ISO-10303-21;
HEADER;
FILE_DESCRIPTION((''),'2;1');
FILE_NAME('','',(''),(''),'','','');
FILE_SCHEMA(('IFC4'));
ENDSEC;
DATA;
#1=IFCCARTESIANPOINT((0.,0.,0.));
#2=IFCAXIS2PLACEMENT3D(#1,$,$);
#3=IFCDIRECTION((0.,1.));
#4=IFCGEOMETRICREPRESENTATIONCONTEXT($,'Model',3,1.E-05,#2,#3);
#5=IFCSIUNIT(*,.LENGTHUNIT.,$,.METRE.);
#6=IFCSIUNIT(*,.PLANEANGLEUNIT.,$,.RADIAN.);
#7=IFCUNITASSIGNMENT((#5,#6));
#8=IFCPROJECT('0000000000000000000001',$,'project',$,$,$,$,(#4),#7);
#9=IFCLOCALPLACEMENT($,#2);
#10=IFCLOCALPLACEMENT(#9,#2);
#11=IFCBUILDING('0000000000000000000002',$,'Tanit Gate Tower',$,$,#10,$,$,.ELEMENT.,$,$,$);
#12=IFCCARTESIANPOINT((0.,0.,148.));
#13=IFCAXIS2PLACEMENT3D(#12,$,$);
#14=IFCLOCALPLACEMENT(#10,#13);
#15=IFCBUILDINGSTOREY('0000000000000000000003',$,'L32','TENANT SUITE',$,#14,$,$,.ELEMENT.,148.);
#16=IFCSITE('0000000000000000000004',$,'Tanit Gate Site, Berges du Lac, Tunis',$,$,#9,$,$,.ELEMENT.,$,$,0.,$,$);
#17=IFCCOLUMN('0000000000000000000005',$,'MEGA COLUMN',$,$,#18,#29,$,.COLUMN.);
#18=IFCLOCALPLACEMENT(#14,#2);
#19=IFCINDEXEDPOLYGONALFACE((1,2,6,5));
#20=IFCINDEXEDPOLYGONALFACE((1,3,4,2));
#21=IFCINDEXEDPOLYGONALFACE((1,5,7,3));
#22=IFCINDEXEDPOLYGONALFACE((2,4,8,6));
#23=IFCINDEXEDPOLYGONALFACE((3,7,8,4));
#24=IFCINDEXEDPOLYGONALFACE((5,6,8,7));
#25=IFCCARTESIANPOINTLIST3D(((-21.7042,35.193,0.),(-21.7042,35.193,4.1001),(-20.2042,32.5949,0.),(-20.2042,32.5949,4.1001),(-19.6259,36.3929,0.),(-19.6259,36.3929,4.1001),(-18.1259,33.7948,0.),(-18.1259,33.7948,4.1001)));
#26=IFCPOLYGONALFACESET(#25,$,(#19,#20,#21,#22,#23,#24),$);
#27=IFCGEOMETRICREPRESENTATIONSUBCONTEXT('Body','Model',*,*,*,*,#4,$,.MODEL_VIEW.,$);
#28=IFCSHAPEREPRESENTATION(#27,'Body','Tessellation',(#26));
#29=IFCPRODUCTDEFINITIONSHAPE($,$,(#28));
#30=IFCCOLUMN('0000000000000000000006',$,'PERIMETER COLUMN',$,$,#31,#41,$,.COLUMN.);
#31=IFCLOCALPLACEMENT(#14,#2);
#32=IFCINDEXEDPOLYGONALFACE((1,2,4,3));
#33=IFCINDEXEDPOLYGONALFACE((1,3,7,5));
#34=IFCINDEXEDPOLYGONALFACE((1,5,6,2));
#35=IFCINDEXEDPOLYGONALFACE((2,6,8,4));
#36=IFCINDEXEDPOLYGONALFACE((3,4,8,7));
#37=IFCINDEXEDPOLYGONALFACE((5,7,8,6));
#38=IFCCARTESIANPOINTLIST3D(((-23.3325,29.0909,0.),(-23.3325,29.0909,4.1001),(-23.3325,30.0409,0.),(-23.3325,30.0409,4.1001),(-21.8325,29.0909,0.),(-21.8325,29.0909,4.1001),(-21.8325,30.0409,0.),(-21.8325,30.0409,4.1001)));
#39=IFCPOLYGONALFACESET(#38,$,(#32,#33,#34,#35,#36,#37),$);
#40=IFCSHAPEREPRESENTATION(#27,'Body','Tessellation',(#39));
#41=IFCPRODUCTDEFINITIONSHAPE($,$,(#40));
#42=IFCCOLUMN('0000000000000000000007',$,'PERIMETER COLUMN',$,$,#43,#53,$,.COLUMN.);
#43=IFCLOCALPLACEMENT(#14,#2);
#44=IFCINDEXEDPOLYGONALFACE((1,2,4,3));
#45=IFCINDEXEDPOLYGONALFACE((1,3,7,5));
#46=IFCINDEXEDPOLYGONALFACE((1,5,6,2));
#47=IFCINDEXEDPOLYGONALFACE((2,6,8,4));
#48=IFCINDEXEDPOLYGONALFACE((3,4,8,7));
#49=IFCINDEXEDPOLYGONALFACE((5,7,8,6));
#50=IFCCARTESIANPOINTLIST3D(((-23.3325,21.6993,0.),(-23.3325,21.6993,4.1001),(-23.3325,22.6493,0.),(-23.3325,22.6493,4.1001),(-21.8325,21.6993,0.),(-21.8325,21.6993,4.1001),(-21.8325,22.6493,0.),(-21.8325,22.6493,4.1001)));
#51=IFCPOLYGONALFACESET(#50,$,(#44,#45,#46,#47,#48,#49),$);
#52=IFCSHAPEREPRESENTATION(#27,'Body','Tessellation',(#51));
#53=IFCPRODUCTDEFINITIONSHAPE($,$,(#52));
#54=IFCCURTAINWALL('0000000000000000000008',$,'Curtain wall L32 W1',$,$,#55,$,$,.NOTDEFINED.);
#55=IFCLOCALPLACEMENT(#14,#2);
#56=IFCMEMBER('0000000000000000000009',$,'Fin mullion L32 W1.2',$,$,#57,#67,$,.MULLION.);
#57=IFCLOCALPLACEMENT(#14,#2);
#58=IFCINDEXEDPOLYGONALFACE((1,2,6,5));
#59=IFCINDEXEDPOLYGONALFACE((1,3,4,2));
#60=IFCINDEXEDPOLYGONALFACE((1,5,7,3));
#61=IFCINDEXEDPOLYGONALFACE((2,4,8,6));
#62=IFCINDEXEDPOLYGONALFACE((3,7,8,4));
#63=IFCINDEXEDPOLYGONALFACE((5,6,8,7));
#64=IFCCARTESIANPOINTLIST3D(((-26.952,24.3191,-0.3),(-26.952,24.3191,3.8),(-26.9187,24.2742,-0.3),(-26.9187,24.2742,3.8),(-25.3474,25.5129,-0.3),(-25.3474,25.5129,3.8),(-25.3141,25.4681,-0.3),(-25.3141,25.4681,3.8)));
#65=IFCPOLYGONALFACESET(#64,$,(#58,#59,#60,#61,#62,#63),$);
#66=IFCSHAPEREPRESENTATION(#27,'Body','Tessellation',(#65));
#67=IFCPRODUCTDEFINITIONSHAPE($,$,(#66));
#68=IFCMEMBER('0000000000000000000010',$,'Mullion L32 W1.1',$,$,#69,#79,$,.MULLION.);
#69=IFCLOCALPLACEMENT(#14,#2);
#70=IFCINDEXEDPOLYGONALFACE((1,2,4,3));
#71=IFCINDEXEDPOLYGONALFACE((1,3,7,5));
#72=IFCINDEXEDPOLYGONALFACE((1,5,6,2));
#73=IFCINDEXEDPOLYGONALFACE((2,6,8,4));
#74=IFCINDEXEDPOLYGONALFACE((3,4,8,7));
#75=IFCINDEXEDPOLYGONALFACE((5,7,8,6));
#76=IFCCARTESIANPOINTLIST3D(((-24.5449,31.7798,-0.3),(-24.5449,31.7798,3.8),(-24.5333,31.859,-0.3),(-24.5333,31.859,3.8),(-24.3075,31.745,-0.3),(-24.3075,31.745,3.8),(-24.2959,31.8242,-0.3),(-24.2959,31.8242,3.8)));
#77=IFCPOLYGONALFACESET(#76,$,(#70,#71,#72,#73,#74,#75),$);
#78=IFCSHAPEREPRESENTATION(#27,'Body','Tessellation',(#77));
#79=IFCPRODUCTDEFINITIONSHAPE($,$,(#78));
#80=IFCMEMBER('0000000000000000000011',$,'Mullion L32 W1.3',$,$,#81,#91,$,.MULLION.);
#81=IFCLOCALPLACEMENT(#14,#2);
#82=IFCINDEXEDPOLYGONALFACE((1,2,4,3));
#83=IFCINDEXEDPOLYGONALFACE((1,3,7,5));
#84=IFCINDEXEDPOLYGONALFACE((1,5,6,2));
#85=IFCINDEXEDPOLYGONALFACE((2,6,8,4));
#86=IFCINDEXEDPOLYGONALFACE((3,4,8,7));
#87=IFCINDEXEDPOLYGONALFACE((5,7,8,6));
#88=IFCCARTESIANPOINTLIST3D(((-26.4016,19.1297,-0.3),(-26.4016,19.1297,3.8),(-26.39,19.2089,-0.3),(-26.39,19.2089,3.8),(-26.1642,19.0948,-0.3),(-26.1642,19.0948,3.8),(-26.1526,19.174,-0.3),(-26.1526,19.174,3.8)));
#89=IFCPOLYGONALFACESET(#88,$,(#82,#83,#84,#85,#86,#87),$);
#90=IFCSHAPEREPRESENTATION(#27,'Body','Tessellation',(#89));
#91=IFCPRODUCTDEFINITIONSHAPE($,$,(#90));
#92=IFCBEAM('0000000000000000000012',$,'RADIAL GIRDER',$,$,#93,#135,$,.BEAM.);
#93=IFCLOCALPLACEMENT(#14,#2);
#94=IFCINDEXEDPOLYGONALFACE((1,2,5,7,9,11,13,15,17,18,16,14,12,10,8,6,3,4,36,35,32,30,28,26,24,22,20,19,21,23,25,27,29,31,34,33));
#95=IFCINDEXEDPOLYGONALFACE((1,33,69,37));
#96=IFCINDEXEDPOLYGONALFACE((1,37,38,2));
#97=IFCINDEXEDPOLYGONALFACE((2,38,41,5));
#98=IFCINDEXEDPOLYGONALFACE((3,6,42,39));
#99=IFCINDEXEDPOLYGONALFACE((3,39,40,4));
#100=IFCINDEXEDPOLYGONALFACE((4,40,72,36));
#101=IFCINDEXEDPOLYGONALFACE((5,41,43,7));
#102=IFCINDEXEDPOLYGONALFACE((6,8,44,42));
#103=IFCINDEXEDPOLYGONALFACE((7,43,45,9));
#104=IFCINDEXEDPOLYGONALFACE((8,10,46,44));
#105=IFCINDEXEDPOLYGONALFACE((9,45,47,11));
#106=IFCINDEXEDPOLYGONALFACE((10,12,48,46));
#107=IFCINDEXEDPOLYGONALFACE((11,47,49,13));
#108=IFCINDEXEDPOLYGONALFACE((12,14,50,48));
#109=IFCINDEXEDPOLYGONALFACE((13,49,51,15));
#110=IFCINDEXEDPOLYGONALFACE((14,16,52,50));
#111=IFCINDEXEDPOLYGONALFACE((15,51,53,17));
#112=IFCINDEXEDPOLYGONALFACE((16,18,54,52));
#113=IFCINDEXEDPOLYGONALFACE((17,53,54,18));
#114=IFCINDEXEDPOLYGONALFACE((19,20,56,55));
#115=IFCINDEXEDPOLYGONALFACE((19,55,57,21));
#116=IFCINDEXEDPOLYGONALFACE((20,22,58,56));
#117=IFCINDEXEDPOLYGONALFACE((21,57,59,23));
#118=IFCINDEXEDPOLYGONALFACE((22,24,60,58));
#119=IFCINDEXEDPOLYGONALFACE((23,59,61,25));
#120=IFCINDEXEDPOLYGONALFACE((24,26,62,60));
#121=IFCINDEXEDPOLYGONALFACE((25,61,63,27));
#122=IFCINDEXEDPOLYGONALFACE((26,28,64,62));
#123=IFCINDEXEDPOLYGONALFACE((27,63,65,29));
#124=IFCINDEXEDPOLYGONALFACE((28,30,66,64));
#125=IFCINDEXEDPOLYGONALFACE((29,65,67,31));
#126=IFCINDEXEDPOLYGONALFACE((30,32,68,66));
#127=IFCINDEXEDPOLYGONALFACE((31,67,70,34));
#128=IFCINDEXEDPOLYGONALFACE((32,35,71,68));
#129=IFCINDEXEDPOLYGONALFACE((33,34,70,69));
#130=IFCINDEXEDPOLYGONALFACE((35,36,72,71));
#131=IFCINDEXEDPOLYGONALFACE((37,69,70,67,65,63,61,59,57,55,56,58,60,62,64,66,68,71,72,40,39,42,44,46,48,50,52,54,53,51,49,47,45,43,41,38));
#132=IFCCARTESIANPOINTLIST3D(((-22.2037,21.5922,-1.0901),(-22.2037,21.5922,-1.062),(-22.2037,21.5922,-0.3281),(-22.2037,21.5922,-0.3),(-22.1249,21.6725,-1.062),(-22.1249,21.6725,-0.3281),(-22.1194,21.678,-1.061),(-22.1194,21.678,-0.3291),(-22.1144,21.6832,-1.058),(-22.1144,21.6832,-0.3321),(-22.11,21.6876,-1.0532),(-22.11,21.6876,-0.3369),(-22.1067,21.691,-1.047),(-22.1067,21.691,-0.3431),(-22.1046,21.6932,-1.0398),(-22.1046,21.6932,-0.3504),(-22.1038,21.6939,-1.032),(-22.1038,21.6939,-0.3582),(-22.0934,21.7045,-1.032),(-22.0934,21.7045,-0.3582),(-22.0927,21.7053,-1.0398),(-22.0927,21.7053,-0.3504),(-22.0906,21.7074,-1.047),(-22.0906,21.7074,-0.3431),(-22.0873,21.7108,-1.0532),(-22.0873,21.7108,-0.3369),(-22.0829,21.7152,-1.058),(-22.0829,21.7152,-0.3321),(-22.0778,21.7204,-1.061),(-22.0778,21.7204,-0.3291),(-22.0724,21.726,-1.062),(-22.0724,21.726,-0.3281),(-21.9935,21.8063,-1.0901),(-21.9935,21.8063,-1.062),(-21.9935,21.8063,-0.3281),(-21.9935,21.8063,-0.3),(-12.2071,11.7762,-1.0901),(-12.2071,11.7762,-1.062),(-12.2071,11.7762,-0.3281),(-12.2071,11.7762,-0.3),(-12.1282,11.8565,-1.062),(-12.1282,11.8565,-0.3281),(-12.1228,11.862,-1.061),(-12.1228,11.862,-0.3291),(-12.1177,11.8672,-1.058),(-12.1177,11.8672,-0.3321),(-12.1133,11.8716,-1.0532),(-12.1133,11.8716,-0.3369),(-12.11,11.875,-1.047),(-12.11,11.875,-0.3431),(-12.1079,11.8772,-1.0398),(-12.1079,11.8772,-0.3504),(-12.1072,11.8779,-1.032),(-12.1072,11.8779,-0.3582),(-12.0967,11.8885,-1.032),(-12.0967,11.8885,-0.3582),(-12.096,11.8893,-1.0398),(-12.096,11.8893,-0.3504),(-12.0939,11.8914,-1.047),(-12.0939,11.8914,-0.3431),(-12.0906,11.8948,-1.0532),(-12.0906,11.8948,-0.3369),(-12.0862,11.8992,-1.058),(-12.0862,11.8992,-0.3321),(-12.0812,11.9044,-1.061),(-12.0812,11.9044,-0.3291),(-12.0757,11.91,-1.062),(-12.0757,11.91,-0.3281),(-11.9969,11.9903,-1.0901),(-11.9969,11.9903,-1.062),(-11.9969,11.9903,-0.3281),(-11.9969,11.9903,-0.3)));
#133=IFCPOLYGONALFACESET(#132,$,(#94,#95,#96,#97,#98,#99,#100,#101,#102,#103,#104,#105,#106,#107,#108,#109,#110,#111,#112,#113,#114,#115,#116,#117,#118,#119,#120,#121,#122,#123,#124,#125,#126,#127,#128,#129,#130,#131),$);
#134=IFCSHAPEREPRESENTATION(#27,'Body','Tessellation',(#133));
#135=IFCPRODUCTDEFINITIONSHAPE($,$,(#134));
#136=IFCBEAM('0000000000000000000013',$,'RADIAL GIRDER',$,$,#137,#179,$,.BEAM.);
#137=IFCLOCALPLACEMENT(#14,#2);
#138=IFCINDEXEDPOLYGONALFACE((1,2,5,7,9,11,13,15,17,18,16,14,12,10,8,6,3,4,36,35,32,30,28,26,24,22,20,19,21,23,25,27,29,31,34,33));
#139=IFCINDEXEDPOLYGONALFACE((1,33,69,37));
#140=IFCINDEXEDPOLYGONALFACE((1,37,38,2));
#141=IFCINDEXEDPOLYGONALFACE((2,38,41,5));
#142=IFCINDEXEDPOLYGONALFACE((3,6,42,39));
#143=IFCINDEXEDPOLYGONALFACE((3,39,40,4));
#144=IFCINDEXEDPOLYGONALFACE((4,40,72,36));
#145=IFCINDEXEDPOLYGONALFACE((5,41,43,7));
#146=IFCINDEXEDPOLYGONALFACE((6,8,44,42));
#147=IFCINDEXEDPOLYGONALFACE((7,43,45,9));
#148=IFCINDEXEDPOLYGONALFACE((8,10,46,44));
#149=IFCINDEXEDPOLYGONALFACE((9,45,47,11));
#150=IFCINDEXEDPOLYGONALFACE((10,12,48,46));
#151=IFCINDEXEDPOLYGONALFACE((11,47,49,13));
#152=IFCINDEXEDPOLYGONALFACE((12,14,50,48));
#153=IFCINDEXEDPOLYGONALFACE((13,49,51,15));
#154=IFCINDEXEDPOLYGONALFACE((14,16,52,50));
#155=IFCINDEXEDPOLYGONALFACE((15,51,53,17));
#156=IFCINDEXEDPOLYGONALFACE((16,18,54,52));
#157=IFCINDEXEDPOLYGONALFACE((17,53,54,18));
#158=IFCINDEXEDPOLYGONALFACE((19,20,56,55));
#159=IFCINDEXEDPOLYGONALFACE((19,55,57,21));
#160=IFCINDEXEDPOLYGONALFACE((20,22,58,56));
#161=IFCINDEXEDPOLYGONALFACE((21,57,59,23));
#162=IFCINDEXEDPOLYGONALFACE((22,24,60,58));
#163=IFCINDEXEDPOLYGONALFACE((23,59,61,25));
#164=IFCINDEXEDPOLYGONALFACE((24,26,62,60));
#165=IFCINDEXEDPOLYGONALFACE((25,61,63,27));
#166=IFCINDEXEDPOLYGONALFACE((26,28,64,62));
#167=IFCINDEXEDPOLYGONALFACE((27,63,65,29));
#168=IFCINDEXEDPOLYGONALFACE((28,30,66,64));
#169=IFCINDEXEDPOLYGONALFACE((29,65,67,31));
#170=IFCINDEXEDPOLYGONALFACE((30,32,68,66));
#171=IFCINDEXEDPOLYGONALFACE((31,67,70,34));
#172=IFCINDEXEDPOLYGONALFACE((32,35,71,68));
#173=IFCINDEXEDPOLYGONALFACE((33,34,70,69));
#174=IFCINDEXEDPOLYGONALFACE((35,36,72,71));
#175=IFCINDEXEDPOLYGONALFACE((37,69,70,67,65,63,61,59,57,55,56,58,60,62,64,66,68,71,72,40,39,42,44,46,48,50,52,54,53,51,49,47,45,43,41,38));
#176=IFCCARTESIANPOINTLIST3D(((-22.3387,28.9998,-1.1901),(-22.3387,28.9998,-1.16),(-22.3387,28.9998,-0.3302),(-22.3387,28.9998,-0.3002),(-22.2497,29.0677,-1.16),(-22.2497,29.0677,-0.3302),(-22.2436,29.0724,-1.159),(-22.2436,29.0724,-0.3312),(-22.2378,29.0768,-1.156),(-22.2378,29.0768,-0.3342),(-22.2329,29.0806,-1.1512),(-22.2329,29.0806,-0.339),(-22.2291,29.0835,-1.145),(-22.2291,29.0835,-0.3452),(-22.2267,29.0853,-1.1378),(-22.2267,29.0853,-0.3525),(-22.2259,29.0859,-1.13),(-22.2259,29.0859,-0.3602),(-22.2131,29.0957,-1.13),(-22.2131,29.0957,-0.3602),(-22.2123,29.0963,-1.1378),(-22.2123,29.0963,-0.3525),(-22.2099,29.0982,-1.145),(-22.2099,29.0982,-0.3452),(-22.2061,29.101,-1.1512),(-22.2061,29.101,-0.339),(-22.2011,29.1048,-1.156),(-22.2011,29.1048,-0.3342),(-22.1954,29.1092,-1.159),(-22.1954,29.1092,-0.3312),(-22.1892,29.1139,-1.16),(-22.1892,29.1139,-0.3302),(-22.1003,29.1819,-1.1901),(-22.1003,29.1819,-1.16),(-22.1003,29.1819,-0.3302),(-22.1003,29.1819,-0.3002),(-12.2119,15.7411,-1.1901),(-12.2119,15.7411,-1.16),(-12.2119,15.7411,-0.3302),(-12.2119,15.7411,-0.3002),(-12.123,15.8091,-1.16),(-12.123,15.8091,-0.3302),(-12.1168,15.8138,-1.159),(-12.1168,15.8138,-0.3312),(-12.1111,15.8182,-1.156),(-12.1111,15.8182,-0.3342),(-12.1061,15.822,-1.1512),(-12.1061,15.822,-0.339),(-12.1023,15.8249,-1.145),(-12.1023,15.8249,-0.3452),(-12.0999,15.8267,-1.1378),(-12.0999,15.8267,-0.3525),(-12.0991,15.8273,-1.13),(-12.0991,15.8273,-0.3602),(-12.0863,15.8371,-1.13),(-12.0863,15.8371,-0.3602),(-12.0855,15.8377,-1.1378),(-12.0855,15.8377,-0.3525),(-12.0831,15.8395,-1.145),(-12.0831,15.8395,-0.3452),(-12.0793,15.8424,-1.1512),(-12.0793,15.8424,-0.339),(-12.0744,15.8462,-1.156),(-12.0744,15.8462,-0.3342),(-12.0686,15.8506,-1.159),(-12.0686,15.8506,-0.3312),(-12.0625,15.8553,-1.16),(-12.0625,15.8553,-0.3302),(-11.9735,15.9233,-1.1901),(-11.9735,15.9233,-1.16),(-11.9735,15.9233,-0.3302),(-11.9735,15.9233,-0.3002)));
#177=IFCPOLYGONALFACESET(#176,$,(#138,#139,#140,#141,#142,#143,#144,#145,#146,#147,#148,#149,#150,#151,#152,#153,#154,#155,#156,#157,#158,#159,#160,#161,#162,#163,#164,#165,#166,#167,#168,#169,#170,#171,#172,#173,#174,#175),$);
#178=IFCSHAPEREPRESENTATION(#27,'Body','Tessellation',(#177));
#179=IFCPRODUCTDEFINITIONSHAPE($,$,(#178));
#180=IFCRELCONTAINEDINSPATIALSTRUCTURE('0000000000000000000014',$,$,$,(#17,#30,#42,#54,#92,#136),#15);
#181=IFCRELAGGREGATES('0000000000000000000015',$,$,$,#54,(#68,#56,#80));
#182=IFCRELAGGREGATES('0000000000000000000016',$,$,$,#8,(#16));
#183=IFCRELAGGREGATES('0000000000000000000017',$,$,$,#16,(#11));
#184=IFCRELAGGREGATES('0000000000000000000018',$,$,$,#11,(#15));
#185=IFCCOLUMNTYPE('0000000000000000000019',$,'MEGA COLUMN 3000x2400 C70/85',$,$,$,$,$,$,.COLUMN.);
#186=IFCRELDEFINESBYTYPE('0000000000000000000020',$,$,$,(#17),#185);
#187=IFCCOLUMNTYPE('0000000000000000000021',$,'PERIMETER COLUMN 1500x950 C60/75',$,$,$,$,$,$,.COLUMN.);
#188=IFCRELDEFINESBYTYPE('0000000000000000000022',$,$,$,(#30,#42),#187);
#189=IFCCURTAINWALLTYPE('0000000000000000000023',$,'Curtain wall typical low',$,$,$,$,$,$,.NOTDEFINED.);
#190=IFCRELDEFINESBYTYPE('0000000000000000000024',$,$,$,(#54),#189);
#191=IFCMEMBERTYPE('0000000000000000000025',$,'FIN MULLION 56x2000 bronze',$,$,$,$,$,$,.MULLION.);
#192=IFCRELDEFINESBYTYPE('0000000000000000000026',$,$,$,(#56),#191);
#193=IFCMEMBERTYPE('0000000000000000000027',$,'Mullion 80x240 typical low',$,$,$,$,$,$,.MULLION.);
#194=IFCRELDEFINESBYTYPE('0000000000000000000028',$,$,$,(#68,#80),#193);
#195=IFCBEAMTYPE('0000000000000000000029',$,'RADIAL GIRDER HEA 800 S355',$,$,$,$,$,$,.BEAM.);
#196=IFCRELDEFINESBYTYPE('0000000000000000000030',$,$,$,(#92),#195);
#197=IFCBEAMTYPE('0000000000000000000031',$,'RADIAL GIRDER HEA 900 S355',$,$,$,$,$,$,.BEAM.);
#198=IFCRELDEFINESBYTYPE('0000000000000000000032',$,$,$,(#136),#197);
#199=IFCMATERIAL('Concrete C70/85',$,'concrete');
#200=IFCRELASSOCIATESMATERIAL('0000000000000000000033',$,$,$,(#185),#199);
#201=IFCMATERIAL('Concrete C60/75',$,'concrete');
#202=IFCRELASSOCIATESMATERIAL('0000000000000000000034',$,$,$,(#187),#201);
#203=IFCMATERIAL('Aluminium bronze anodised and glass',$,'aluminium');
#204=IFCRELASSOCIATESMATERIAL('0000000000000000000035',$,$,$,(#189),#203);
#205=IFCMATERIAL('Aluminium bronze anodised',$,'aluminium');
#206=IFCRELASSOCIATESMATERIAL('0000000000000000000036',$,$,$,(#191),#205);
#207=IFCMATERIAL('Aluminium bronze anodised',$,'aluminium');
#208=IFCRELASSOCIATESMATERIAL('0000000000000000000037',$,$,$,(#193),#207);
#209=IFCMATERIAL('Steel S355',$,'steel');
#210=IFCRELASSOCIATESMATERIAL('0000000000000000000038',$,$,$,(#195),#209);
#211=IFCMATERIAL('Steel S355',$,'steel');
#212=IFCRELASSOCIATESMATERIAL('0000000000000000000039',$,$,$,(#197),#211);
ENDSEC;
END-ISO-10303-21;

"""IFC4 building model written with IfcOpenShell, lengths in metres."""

from ifc_helpers import new_model, si_unit, direction, frame, origin, origin_2d, place, context, subcontext, project, spatial, rectangle, i_section, extrude, material, material_profile, profile_set, type_object, element, aggregate, save


model = new_model("IFC4")

# Units and contexts
model_context = context("Model", 3, precision=1e-05, world=origin(), true_north=direction((0.0, 1.0)))
body_context = subcontext(model_context, "Body", "Model", "MODEL_VIEW")
ifc_project = project(units=[si_unit("LENGTHUNIT", "METRE"), si_unit("PLANEANGLEUNIT", "RADIAN")], contexts=[model_context])

# Site, building, storey
site_placement = place(None, origin())
site = spatial("IfcSite", under=ifc_project, at=site_placement, Name="Tanit Gate Site, Berges du Lac, Tunis", CompositionType="ELEMENT", RefElevation=0.0)
building_placement = place(site_placement, origin())
building = spatial("IfcBuilding", under=site, at=building_placement, Name="Tanit Gate Tower", CompositionType="ELEMENT")
storey_placement = place(building_placement, frame((0.0, 0.0, 148.0)))
storey = spatial("IfcBuildingStorey", under=building, at=storey_placement, Name="L32", Description="TENANT SUITE", CompositionType="ELEMENT", Elevation=148.0)

# Columns
ifc_material_1 = material(Name="Concrete C70/85", Category="concrete")
ifc_material_profile_1 = material_profile(ifc_material_1, rectangle(XDim=3.0, YDim=2.3999, at=origin_2d()), Name="RC 3000x2400")
ifc_profile_set_1 = profile_set([ifc_material_profile_1], Name="Concrete C70/85")
column_type_1 = type_object("IfcColumnType", Name="MEGA COLUMN 3000x2400 C70/85", PredefinedType="COLUMN", material=ifc_profile_set_1)
column_placement = place(storey_placement, frame((-19.915, 34.4939, 0.0), z_axis=(0.0, 0.0, 1.0), x_axis=(-0.5, 0.866025, 0.0)))
element("IfcColumn", 1, at=column_placement, inside=storey, type_object=column_type_1, Name="MEGA COLUMN", PredefinedType="COLUMN", context=body_context, shape_type="SweptSolid", body=[
    extrude(rectangle(XDim=3.0, YDim=2.3999, at=origin_2d()), origin(), (0.0, 0.0, 1.0), 4.1001),
])
ifc_material_2 = material(Name="Concrete C60/75", Category="concrete")
ifc_material_profile_2 = material_profile(ifc_material_2, rectangle(XDim=1.5, YDim=0.95, at=origin_2d()), Name="RC 1500x950")
ifc_profile_set_2 = profile_set([ifc_material_profile_2], Name="Concrete C60/75")
column_type_2 = type_object("IfcColumnType", Name="PERIMETER COLUMN 1500x950 C60/75", PredefinedType="COLUMN", material=ifc_profile_set_2)
for number, where, z_axis, x_axis, name in (
    (2, (-22.5825, 29.5659, 0.0), (0.0, 0.0, 1.0), (-1.0, 0.0, 0.0), "PERIMETER COLUMN"),
    (3, (-22.5825, 22.1743, 0.0), (0.0, 0.0, 1.0), (-1.0, 0.0, 0.0), "PERIMETER COLUMN"),
):
    element("IfcColumn", number, at=place(storey_placement, frame(where, z_axis=z_axis, x_axis=x_axis)), inside=storey, type_object=column_type_2, Name=name, PredefinedType="COLUMN", context=body_context, shape_type="SweptSolid", body=[
        extrude(rectangle(XDim=1.5, YDim=0.95, at=origin_2d()), origin(), (0.0, 0.0, 1.0), 4.1001),
    ])

# Curtain wall, members
ifc_material_3 = material(Name="Aluminium bronze anodised and glass", Category="aluminium")
curtain_wall_type = type_object("IfcCurtainWallType", Name="Curtain wall typical low", PredefinedType="NOTDEFINED", material=ifc_material_3)
curtain_wall_1_placement = place(storey_placement, origin())
curtain_wall_1 = element("IfcCurtainWall", 4, at=curtain_wall_1_placement, inside=storey, type_object=curtain_wall_type, Name="Curtain wall L32 W1", PredefinedType="NOTDEFINED")
ifc_material_4 = material(Name="Aluminium bronze anodised", Category="aluminium")
ifc_material_profile_3 = material_profile(ifc_material_4, rectangle(XDim=2.0, YDim=0.0559, at=origin_2d()), Name="56x2000 bronze fin mullion")
ifc_profile_set_3 = profile_set([ifc_material_profile_3], Name="Aluminium bronze anodised")
member_type_1 = type_object("IfcMemberType", Name="FIN MULLION 56x2000 bronze", PredefinedType="MULLION", material=ifc_profile_set_3)
member_1_placement = place(storey_placement, frame((-26.1331, 24.8936, -0.3), z_axis=(0.0, 0.0, 1.0), x_axis=(0.802296, 0.596927, 0.0)))
member_1 = element("IfcMember", 5, at=member_1_placement, type_object=member_type_1, Name="Fin mullion L32 W1.2", PredefinedType="MULLION", context=body_context, shape_type="SweptSolid", body=[
    extrude(rectangle(XDim=2.0, YDim=0.0559, at=origin_2d()), origin(), (0.0, 0.0, 1.0), 4.1001),
])
ifc_material_5 = material(Name="Aluminium bronze anodised", Category="aluminium")
ifc_material_profile_4 = material_profile(ifc_material_5, rectangle(XDim=0.24, YDim=0.0801, at=origin_2d()), Name="80x240 bronze mullion")
ifc_profile_set_4 = profile_set([ifc_material_profile_4], Name="Aluminium bronze anodised")
member_type_2 = type_object("IfcMemberType", Name="Mullion 80x240 typical low", PredefinedType="MULLION", material=ifc_profile_set_4)
member_2_placement = place(storey_placement, frame((-24.4204, 31.802, -0.3), z_axis=(0.0, 0.0, 1.0), x_axis=(0.9894, -0.145218, 0.0)))
member_2 = element("IfcMember", 6, at=member_2_placement, type_object=member_type_2, Name="Mullion L32 W1.1", PredefinedType="MULLION", context=body_context, shape_type="SweptSolid", body=[
    extrude(rectangle(XDim=0.24, YDim=0.0801, at=origin_2d()), origin(), (0.0, 0.0, 1.0), 4.1001),
])
member_3_placement = place(storey_placement, frame((-26.2771, 19.1519, -0.3), z_axis=(0.0, 0.0, 1.0), x_axis=(0.9894, -0.145218, 0.0)))
member_3 = element("IfcMember", 7, at=member_3_placement, type_object=member_type_2, Name="Mullion L32 W1.3", PredefinedType="MULLION", context=body_context, shape_type="SweptSolid", body=[
    extrude(rectangle(XDim=0.24, YDim=0.0801, at=origin_2d()), origin(), (0.0, 0.0, 1.0), 4.1001),
])

# Beams
ifc_material_6 = material(Name="Steel S355", Category="steel")
ifc_material_profile_5 = material_profile(ifc_material_6, i_section(OverallWidth=0.3, OverallDepth=0.79, WebThickness=0.0149, FlangeThickness=0.0281, FilletRadius=0.03, at=origin_2d()), Name="HEA 800")
ifc_profile_set_5 = profile_set([ifc_material_profile_5], Name="Steel S355")
beam_type_1 = type_object("IfcBeamType", Name="RADIAL GIRDER HEA 800 S355", PredefinedType="BEAM", material=ifc_profile_set_5)
beam_1_placement = place(storey_placement, frame((-22.0986, 21.6992, -0.6951), z_axis=(0.713525, -0.70063, 0.0), x_axis=(0.70063, 0.713525, 0.0)))
element("IfcBeam", 8, at=beam_1_placement, inside=storey, type_object=beam_type_1, Name="RADIAL GIRDER", PredefinedType="BEAM", context=body_context, shape_type="SweptSolid", body=[
    extrude(i_section(OverallWidth=0.3, OverallDepth=0.79, WebThickness=0.0149, FlangeThickness=0.0281, FilletRadius=0.03, at=origin_2d()), origin(), (0.0, 0.0, 1.0), 14.0103),
])
ifc_material_7 = material(Name="Steel S355", Category="steel")
ifc_material_profile_6 = material_profile(ifc_material_7, i_section(OverallWidth=0.3, OverallDepth=0.8899, WebThickness=0.0161, FlangeThickness=0.03, FilletRadius=0.03, at=origin_2d()), Name="HEA 900")
ifc_profile_set_6 = profile_set([ifc_material_profile_6], Name="Steel S355")
beam_type_2 = type_object("IfcBeamType", Name="RADIAL GIRDER HEA 900 S355", PredefinedType="BEAM", material=ifc_profile_set_6)
beam_2_placement = place(storey_placement, frame((-22.2195, 29.0908, -0.7451), z_axis=(0.606989, -0.79471, 0.0), x_axis=(0.79471, 0.606989, 0.0)))
element("IfcBeam", 9, at=beam_2_placement, inside=storey, type_object=beam_type_2, Name="RADIAL GIRDER", PredefinedType="BEAM", context=body_context, shape_type="SweptSolid", body=[
    extrude(i_section(OverallWidth=0.3, OverallDepth=0.8899, WebThickness=0.0161, FlangeThickness=0.03, FilletRadius=0.03, at=origin_2d()), origin(), (0.0, 0.0, 1.0), 16.6836),
])

aggregate(curtain_wall_1, [member_2, member_1, member_3])

save(model, "model.ifc")
